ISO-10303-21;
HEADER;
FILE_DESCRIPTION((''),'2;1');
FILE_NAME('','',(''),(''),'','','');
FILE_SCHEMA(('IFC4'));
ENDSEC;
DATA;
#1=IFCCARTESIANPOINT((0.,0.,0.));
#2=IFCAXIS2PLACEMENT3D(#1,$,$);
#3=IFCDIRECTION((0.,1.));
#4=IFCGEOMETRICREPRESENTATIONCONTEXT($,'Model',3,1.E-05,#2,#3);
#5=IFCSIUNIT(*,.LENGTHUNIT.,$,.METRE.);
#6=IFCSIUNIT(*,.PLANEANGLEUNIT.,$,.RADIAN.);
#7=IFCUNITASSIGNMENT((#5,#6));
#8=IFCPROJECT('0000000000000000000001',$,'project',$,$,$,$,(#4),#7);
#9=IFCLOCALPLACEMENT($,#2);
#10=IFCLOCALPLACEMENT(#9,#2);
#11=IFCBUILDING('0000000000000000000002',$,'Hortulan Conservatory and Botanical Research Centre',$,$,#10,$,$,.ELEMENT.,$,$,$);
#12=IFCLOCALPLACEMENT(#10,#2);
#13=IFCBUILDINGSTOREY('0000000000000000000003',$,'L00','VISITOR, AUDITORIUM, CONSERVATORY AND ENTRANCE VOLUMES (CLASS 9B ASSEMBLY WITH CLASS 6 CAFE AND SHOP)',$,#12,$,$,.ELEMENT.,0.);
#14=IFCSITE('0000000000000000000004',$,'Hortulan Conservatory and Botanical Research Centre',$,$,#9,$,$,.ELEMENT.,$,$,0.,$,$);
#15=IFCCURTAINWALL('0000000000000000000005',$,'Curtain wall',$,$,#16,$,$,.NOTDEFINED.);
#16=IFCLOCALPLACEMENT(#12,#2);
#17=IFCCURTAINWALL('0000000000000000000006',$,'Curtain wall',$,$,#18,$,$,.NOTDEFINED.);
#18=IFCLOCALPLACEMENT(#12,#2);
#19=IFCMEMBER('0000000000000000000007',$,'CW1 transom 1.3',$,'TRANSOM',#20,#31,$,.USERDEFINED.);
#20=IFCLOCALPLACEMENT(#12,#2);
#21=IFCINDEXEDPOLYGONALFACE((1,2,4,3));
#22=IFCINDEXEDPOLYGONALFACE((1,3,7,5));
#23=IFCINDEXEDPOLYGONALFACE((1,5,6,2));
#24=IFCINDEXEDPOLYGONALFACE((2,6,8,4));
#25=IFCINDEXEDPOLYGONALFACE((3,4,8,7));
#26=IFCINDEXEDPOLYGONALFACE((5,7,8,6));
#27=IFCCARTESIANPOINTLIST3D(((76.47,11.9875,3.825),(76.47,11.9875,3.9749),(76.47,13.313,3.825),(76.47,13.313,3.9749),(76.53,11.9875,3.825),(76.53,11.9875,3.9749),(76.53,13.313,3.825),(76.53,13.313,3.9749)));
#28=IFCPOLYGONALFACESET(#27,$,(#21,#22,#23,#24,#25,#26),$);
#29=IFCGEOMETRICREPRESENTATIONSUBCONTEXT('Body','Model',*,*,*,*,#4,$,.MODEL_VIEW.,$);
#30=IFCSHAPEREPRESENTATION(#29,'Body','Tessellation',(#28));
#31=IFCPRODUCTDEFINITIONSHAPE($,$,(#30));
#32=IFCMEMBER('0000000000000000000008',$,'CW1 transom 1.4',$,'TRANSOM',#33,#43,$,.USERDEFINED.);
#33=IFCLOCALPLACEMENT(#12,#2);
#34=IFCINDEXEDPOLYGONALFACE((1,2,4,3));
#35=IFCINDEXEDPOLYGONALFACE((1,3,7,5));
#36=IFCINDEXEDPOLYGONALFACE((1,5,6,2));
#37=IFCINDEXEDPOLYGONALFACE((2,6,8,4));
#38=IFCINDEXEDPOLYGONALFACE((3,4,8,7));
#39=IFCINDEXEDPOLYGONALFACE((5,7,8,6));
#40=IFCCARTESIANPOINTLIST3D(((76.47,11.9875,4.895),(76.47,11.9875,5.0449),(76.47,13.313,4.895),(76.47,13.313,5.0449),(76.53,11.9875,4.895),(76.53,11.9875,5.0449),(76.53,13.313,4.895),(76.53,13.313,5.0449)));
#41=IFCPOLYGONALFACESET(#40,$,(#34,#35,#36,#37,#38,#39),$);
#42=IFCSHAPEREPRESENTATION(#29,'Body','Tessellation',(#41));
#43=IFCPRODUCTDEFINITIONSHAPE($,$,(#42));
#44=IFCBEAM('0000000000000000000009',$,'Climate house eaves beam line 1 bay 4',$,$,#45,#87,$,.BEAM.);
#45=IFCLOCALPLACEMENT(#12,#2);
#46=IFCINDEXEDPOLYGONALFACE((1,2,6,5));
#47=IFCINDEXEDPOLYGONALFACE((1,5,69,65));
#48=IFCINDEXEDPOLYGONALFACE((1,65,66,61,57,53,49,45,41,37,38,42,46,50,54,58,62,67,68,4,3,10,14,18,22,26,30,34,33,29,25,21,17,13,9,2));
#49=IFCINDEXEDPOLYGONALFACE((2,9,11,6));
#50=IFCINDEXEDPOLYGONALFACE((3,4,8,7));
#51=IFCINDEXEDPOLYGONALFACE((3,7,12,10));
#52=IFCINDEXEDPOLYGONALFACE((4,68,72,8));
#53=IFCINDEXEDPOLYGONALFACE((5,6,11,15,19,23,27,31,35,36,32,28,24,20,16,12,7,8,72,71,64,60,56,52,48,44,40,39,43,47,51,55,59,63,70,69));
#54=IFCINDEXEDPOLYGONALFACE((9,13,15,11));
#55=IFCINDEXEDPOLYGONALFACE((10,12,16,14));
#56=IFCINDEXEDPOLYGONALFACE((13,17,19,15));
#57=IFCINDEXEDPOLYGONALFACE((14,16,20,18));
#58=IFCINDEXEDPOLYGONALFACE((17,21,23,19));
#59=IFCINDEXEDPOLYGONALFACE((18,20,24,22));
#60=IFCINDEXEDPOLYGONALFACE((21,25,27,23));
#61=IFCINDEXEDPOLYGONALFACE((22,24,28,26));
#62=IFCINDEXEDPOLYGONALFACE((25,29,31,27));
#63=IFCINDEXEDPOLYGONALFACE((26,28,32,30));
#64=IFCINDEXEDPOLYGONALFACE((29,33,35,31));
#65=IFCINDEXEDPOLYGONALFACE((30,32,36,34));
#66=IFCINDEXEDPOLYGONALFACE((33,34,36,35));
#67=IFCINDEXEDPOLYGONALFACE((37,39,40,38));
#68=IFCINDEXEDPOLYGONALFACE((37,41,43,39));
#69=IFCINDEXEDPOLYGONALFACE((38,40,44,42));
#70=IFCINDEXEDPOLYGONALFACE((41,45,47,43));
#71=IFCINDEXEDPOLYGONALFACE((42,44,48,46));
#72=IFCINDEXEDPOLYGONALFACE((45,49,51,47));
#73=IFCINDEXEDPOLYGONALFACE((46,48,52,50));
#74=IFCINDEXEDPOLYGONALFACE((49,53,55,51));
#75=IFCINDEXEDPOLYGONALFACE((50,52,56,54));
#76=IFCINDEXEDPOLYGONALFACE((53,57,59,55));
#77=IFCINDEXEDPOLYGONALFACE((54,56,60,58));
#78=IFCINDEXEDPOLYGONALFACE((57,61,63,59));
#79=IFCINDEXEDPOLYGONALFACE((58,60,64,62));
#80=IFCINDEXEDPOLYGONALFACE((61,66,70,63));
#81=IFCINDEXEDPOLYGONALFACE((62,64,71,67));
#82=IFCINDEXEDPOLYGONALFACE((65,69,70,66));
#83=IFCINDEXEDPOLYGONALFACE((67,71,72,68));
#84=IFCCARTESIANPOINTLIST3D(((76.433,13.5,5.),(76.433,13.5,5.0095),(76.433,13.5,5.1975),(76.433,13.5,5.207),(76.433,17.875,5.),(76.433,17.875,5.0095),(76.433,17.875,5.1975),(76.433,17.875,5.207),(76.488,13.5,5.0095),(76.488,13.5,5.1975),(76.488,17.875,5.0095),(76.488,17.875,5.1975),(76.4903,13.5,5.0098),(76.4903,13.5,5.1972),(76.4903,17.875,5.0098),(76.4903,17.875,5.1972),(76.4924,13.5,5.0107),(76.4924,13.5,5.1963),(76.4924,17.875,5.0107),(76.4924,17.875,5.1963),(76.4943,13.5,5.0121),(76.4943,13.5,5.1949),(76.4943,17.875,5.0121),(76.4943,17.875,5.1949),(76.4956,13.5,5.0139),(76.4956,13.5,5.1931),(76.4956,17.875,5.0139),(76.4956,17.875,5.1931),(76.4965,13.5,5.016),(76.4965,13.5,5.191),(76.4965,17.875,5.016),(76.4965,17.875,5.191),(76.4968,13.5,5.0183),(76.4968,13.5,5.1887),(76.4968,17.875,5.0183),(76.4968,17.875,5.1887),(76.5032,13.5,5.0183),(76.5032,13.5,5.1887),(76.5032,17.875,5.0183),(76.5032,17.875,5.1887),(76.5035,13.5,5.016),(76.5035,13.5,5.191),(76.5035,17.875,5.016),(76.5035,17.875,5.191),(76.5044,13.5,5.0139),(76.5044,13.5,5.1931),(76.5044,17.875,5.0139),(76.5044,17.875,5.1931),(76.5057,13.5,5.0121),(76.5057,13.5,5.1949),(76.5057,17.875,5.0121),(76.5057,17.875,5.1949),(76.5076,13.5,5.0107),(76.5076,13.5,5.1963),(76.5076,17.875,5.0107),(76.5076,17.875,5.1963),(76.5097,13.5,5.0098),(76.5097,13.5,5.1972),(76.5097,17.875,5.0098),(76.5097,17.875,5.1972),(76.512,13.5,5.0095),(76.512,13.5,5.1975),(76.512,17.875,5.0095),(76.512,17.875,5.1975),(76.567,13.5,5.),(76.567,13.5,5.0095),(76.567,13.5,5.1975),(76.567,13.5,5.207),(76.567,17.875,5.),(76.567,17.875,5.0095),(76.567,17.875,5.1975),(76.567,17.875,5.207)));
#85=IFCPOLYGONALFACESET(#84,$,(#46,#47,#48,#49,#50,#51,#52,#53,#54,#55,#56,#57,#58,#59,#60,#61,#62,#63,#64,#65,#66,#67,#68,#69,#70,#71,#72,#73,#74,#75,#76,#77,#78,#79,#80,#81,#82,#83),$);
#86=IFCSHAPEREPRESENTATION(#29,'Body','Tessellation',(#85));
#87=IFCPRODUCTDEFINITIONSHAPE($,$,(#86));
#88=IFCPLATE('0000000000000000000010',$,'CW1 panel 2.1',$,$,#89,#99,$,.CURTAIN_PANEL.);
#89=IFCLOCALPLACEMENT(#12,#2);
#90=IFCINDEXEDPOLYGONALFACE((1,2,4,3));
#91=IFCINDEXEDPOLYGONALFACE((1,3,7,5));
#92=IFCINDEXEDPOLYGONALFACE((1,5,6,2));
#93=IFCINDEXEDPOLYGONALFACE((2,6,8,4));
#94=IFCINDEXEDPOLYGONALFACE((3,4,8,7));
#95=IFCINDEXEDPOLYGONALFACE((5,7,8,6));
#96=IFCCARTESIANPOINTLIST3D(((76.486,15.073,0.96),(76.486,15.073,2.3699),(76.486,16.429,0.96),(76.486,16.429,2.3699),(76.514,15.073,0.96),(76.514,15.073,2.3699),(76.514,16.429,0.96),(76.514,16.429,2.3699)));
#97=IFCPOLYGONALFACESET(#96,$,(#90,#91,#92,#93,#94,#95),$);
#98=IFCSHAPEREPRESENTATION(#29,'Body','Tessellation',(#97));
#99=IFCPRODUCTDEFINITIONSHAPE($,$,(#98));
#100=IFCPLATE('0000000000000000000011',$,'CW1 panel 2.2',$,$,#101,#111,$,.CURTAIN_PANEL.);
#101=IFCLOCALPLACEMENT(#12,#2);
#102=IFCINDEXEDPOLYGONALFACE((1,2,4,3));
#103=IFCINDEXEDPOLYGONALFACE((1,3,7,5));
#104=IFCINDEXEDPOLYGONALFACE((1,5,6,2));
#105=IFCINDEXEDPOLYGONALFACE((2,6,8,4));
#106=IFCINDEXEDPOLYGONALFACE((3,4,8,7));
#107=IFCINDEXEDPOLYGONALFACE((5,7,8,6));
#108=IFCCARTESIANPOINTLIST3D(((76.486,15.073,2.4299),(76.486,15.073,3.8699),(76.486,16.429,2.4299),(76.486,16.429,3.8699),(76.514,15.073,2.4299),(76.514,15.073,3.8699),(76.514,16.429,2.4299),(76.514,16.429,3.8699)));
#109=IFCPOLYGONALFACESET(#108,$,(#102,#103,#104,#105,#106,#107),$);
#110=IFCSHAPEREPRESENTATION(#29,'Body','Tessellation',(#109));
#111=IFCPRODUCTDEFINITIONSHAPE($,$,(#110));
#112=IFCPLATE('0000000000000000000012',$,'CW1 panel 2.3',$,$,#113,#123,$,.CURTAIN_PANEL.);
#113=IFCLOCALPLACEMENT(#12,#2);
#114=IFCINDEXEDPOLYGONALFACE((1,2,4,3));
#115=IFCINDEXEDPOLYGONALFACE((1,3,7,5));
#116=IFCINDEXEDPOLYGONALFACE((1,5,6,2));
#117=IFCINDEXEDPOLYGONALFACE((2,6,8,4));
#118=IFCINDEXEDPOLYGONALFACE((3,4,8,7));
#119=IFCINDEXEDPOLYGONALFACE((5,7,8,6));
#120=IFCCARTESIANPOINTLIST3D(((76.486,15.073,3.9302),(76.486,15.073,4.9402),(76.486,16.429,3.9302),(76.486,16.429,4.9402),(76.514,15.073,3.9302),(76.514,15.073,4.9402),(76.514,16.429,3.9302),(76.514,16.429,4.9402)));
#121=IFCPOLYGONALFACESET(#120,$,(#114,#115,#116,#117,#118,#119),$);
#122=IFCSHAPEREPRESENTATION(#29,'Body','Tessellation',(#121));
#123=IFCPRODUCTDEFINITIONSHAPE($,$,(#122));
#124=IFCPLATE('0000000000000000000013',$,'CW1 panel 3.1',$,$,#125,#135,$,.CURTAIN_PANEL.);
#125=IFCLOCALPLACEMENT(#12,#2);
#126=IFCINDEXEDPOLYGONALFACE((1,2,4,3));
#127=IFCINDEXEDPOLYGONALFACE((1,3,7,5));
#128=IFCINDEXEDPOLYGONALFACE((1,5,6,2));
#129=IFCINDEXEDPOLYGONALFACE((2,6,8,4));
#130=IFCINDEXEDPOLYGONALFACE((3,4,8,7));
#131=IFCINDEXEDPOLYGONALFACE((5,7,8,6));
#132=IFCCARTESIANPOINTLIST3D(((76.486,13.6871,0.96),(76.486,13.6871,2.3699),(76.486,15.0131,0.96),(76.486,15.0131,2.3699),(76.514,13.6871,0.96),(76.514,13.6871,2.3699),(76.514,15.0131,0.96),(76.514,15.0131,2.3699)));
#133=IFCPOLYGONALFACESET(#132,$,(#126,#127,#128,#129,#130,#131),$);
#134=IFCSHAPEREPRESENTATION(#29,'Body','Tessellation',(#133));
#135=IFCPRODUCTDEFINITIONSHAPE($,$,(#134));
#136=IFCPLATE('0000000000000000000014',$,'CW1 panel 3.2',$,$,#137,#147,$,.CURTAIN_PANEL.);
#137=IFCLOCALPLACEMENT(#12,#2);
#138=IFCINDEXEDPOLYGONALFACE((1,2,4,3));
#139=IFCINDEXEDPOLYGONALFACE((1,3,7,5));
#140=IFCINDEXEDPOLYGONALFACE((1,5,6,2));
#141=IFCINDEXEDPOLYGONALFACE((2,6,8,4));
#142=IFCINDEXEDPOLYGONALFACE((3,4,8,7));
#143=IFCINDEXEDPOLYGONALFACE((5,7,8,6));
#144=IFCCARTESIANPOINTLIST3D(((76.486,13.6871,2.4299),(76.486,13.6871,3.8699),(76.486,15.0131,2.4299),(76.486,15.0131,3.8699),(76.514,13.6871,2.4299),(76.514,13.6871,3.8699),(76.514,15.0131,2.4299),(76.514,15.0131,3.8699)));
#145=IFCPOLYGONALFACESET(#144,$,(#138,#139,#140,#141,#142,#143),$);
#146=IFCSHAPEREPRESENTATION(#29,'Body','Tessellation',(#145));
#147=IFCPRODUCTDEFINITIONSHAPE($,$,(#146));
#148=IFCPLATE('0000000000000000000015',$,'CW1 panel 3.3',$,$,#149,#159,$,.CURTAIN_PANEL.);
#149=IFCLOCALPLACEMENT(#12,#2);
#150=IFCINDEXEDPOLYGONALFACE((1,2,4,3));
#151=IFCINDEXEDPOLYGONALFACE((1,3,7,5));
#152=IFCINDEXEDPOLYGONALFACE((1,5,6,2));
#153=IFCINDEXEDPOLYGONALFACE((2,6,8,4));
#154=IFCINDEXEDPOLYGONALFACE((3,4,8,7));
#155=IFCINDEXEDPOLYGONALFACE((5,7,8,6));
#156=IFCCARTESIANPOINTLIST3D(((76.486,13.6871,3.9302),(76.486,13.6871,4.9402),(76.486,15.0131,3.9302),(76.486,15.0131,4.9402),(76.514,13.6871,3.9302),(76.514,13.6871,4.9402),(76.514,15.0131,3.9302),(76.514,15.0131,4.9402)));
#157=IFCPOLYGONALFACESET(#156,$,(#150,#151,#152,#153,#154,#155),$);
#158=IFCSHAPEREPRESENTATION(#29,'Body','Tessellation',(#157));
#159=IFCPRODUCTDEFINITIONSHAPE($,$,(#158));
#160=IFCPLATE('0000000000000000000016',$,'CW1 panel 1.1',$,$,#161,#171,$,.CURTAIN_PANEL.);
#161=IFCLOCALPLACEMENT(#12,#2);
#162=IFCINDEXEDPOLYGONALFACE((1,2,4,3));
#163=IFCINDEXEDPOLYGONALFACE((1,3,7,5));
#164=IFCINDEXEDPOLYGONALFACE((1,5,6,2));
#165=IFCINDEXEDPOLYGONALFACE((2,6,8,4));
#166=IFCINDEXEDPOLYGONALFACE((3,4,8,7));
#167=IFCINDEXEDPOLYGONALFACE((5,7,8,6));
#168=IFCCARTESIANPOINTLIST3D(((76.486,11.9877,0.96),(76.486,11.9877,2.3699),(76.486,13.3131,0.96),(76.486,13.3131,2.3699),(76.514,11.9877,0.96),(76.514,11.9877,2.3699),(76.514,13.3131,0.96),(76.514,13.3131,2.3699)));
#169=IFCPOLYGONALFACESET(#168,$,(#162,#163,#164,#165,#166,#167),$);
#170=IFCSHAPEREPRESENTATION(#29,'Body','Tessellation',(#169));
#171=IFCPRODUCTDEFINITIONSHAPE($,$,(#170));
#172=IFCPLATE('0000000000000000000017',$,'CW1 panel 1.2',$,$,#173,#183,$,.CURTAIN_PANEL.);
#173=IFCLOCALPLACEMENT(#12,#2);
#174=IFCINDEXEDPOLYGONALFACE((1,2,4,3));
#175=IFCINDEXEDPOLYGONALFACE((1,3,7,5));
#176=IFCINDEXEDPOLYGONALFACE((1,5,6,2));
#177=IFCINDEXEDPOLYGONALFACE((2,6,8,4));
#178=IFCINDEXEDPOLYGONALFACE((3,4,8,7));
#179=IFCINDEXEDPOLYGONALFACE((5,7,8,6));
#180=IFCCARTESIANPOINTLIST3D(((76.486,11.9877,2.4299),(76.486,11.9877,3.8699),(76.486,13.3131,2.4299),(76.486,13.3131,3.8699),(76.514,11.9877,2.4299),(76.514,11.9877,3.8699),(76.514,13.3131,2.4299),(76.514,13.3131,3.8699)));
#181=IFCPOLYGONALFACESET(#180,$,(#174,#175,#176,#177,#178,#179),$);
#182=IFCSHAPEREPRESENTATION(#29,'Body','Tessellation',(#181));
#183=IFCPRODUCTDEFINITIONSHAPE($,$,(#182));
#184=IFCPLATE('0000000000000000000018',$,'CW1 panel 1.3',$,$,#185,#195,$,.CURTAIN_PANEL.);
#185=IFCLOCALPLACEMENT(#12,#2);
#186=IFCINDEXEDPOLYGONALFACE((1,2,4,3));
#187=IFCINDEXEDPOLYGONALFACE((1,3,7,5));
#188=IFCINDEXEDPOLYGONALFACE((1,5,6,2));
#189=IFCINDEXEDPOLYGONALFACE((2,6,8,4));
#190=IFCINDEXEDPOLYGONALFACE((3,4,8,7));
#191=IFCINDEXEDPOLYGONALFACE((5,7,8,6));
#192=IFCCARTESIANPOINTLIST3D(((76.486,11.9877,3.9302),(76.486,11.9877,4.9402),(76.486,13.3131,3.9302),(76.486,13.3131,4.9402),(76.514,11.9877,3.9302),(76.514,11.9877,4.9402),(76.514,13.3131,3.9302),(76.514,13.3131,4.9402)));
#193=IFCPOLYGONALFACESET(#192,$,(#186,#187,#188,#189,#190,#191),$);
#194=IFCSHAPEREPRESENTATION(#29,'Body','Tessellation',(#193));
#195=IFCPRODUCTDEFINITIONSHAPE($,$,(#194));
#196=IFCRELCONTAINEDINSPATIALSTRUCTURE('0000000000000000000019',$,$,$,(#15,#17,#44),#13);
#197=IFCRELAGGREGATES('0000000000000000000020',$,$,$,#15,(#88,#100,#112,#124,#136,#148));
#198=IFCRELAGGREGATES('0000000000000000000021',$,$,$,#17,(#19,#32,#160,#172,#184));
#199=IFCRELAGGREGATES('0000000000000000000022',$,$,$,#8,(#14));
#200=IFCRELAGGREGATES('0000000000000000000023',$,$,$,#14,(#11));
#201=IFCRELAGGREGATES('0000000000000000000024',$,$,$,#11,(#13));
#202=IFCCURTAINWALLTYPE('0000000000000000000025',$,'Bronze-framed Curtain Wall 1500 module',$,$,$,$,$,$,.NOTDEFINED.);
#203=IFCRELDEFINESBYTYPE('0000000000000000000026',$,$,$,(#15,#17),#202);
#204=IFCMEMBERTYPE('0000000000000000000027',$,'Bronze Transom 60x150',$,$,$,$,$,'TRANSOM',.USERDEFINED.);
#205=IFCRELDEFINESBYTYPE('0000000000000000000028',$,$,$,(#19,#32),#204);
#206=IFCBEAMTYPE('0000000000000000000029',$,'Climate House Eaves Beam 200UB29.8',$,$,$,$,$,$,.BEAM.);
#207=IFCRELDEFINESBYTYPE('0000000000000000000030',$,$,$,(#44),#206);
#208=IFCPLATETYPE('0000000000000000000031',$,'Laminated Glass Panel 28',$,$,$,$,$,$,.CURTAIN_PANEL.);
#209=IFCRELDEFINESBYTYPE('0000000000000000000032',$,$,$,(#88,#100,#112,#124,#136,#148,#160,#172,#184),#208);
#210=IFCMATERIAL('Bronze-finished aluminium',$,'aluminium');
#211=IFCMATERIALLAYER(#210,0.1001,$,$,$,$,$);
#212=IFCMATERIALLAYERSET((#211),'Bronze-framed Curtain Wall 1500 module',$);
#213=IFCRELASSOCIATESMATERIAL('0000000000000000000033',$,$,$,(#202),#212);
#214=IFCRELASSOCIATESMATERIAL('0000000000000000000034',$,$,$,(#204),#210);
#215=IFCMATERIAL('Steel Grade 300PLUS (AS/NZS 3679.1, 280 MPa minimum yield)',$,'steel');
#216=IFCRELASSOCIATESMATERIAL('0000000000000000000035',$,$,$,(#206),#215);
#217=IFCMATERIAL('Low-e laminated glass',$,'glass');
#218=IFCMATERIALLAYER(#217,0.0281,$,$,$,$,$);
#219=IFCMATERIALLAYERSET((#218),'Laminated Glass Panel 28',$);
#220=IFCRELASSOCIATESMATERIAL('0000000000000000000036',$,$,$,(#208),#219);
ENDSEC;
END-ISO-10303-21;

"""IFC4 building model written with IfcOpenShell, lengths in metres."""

from ifc_helpers import new_model, si_unit, direction, frame, origin, origin_2d, place, context, subcontext, project, spatial, rectangle, i_section, extrude, material, layer, layer_set, material_profile, profile_set, type_object, element, aggregate, save


model = new_model("IFC4")

# Units and contexts
model_context = context("Model", 3, precision=1e-05, world=origin(), true_north=direction((0.0, 1.0)))
body_context = subcontext(model_context, "Body", "Model", "MODEL_VIEW")
ifc_project = project(units=[si_unit("LENGTHUNIT", "METRE"), si_unit("PLANEANGLEUNIT", "RADIAN")], contexts=[model_context])

# Site, building, storey
site_placement = place(None, origin())
site = spatial("IfcSite", under=ifc_project, at=site_placement, Name="Hortulan Conservatory and Botanical Research Centre", CompositionType="ELEMENT", RefElevation=0.0)
building_placement = place(site_placement, origin())
building = spatial("IfcBuilding", under=site, at=building_placement, Name="Hortulan Conservatory and Botanical Research Centre", CompositionType="ELEMENT")
storey_placement = place(building_placement, origin())
storey = spatial("IfcBuildingStorey", under=building, at=storey_placement, Name="L00", Description="VISITOR, AUDITORIUM, CONSERVATORY AND ENTRANCE VOLUMES (CLASS 9B ASSEMBLY WITH CLASS 6 CAFE AND SHOP)", CompositionType="ELEMENT", Elevation=0.0)

# Shared definitions
ifc_material_1 = material(Name="Steel Grade 300PLUS (AS/NZS 3679.1, 280 MPa minimum yield)", Category="steel")

# Curtain wall
ifc_material_2 = material(Name="Bronze-finished aluminium", Category="aluminium")
ifc_layer_1 = layer(ifc_material_2, 0.1001)
ifc_layer_set_1 = layer_set([ifc_layer_1], Name="Bronze-framed Curtain Wall 1500 module")
curtain_wall_type = type_object("IfcCurtainWallType", Name="Bronze-framed Curtain Wall 1500 module", PredefinedType="NOTDEFINED", material=ifc_layer_set_1)
curtain_wall_1_placement = place(storey_placement, origin())
curtain_wall_1 = element("IfcCurtainWall", 1, at=curtain_wall_1_placement, inside=storey, type_object=curtain_wall_type, Name="Curtain wall", PredefinedType="NOTDEFINED")

# Curtain wall
curtain_wall_2_placement = place(storey_placement, origin())
curtain_wall_2 = element("IfcCurtainWall", 2, at=curtain_wall_2_placement, inside=storey, type_object=curtain_wall_type, Name="Curtain wall", PredefinedType="NOTDEFINED")

# Members
ifc_material_profile_1 = material_profile(ifc_material_2, rectangle(XDim=0.0601, YDim=0.1499, at=origin_2d()), Name="Bronze Transom 60x150")
ifc_profile_set_1 = profile_set([ifc_material_profile_1], Name="Bronze-finished aluminium")
member_type_1 = type_object("IfcMemberType", Name="Bronze Transom 60x150", ElementType="TRANSOM", PredefinedType="USERDEFINED", material=ifc_profile_set_1)
member_1_placement = place(storey_placement, frame((76.5, 13.313, 3.8999), z_axis=(0.0, -1.0, 0.0), x_axis=(1.0, 0.0, 0.0)))
member_1 = element("IfcMember", 3, at=member_1_placement, type_object=member_type_1, Name="CW1 transom 1.3", ObjectType="TRANSOM", PredefinedType="USERDEFINED", context=body_context, shape_type="SweptSolid", body=[
    extrude(rectangle(XDim=0.0601, YDim=0.1499, at=origin_2d()), origin(), (0.0, 0.0, 1.0), 1.3254),
])
member_2_placement = place(storey_placement, frame((76.5, 13.313, 4.97), z_axis=(0.0, -1.0, 0.0), x_axis=(1.0, 0.0, 0.0)))
member_2 = element("IfcMember", 4, at=member_2_placement, type_object=member_type_1, Name="CW1 transom 1.4", ObjectType="TRANSOM", PredefinedType="USERDEFINED", context=body_context, shape_type="SweptSolid", body=[
    extrude(rectangle(XDim=0.0601, YDim=0.1499, at=origin_2d()), origin(), (0.0, 0.0, 1.0), 1.3254),
])

# Beam
ifc_material_profile_2 = material_profile(ifc_material_1, i_section(OverallWidth=0.134, OverallDepth=0.207, WebThickness=0.0063, FlangeThickness=0.0095, FilletRadius=0.0088, at=origin_2d()), Name="200UB29.8")
ifc_profile_set_2 = profile_set([ifc_material_profile_2], Name="Steel Grade 300PLUS (AS/NZS 3679.1, 280 MPa minimum yield)")
beam_type = type_object("IfcBeamType", Name="Climate House Eaves Beam 200UB29.8", PredefinedType="BEAM", material=ifc_profile_set_2)
beam_placement = place(storey_placement, frame((76.5, 13.5, 5.1035), z_axis=(0.0, 1.0, 0.0), x_axis=(-1.0, 0.0, 0.0)))
element("IfcBeam", 5, at=beam_placement, inside=storey, type_object=beam_type, Name="Climate house eaves beam line 1 bay 4", PredefinedType="BEAM", context=body_context, shape_type="SweptSolid", body=[
    extrude(i_section(OverallWidth=0.134, OverallDepth=0.207, WebThickness=0.0063, FlangeThickness=0.0095, FilletRadius=0.0088, at=origin_2d()), origin(), (0.0, 0.0, 1.0), 4.375),
])

# Plates
ifc_material_3 = material(Name="Low-e laminated glass", Category="glass")
ifc_layer_2 = layer(ifc_material_3, 0.0281)
ifc_layer_set_2 = layer_set([ifc_layer_2], Name="Laminated Glass Panel 28")
plate_type = type_object("IfcPlateType", Name="Laminated Glass Panel 28", PredefinedType="CURTAIN_PANEL", material=ifc_layer_set_2)
plate_1_placement = place(storey_placement, frame((76.5, 15.751, 0.96), z_axis=(0.0, 0.0, 1.0), x_axis=(0.0, -1.0, 0.0)))
plate_1 = element("IfcPlate", 6, at=plate_1_placement, type_object=plate_type, Name="CW1 panel 2.1", PredefinedType="CURTAIN_PANEL", context=body_context, shape_type="SweptSolid", body=[
    extrude(rectangle(XDim=1.356, YDim=0.0281, at=origin_2d()), origin(), (0.0, 0.0, 1.0), 1.4099),
])
plate_2_placement = place(storey_placement, frame((76.5, 15.751, 2.4299), z_axis=(0.0, 0.0, 1.0), x_axis=(0.0, -1.0, 0.0)))
plate_2 = element("IfcPlate", 7, at=plate_2_placement, type_object=plate_type, Name="CW1 panel 2.2", PredefinedType="CURTAIN_PANEL", context=body_context, shape_type="SweptSolid", body=[
    extrude(rectangle(XDim=1.356, YDim=0.0281, at=origin_2d()), origin(), (0.0, 0.0, 1.0), 1.4399),
])
plate_3_placement = place(storey_placement, frame((76.5, 15.751, 3.9302), z_axis=(0.0, 0.0, 1.0), x_axis=(0.0, -1.0, 0.0)))
plate_3 = element("IfcPlate", 8, at=plate_3_placement, type_object=plate_type, Name="CW1 panel 2.3", PredefinedType="CURTAIN_PANEL", context=body_context, shape_type="SweptSolid", body=[
    extrude(rectangle(XDim=1.356, YDim=0.0281, at=origin_2d()), origin(), (0.0, 0.0, 1.0), 1.01),
])
plate_4_placement = place(storey_placement, frame((76.5, 14.3501, 0.96), z_axis=(0.0, 0.0, 1.0), x_axis=(0.0, -1.0, 0.0)))
plate_4 = element("IfcPlate", 9, at=plate_4_placement, type_object=plate_type, Name="CW1 panel 3.1", PredefinedType="CURTAIN_PANEL", context=body_context, shape_type="SweptSolid", body=[
    extrude(rectangle(XDim=1.3259, YDim=0.0281, at=origin_2d()), origin(), (0.0, 0.0, 1.0), 1.4099),
])
plate_5_placement = place(storey_placement, frame((76.5, 14.3501, 2.4299), z_axis=(0.0, 0.0, 1.0), x_axis=(0.0, -1.0, 0.0)))
plate_5 = element("IfcPlate", 10, at=plate_5_placement, type_object=plate_type, Name="CW1 panel 3.2", PredefinedType="CURTAIN_PANEL", context=body_context, shape_type="SweptSolid", body=[
    extrude(rectangle(XDim=1.3259, YDim=0.0281, at=origin_2d()), origin(), (0.0, 0.0, 1.0), 1.4399),
])
plate_6_placement = place(storey_placement, frame((76.5, 14.3501, 3.9302), z_axis=(0.0, 0.0, 1.0), x_axis=(0.0, -1.0, 0.0)))
plate_6 = element("IfcPlate", 11, at=plate_6_placement, type_object=plate_type, Name="CW1 panel 3.3", PredefinedType="CURTAIN_PANEL", context=body_context, shape_type="SweptSolid", body=[
    extrude(rectangle(XDim=1.3259, YDim=0.0281, at=origin_2d()), origin(), (0.0, 0.0, 1.0), 1.01),
])
aggregate(curtain_wall_1, [plate_1, plate_2, plate_3, plate_4, plate_5, plate_6])
plate_7_placement = place(storey_placement, frame((76.5, 12.6504, 0.96), z_axis=(0.0, 0.0, 1.0), x_axis=(0.0, -1.0, 0.0)))
plate_7 = element("IfcPlate", 12, at=plate_7_placement, type_object=plate_type, Name="CW1 panel 1.1", PredefinedType="CURTAIN_PANEL", context=body_context, shape_type="SweptSolid", body=[
    extrude(rectangle(XDim=1.3254, YDim=0.0281, at=origin_2d()), origin(), (0.0, 0.0, 1.0), 1.4099),
])
plate_8_placement = place(storey_placement, frame((76.5, 12.6504, 2.4299), z_axis=(0.0, 0.0, 1.0), x_axis=(0.0, -1.0, 0.0)))
plate_8 = element("IfcPlate", 13, at=plate_8_placement, type_object=plate_type, Name="CW1 panel 1.2", PredefinedType="CURTAIN_PANEL", context=body_context, shape_type="SweptSolid", body=[
    extrude(rectangle(XDim=1.3254, YDim=0.0281, at=origin_2d()), origin(), (0.0, 0.0, 1.0), 1.4399),
])
plate_9_placement = place(storey_placement, frame((76.5, 12.6504, 3.9302), z_axis=(0.0, 0.0, 1.0), x_axis=(0.0, -1.0, 0.0)))
plate_9 = element("IfcPlate", 14, at=plate_9_placement, type_object=plate_type, Name="CW1 panel 1.3", PredefinedType="CURTAIN_PANEL", context=body_context, shape_type="SweptSolid", body=[
    extrude(rectangle(XDim=1.3254, YDim=0.0281, at=origin_2d()), origin(), (0.0, 0.0, 1.0), 1.01),
])
aggregate(curtain_wall_2, [member_1, member_2, plate_7, plate_8, plate_9])

save(model, "model.ifc")
